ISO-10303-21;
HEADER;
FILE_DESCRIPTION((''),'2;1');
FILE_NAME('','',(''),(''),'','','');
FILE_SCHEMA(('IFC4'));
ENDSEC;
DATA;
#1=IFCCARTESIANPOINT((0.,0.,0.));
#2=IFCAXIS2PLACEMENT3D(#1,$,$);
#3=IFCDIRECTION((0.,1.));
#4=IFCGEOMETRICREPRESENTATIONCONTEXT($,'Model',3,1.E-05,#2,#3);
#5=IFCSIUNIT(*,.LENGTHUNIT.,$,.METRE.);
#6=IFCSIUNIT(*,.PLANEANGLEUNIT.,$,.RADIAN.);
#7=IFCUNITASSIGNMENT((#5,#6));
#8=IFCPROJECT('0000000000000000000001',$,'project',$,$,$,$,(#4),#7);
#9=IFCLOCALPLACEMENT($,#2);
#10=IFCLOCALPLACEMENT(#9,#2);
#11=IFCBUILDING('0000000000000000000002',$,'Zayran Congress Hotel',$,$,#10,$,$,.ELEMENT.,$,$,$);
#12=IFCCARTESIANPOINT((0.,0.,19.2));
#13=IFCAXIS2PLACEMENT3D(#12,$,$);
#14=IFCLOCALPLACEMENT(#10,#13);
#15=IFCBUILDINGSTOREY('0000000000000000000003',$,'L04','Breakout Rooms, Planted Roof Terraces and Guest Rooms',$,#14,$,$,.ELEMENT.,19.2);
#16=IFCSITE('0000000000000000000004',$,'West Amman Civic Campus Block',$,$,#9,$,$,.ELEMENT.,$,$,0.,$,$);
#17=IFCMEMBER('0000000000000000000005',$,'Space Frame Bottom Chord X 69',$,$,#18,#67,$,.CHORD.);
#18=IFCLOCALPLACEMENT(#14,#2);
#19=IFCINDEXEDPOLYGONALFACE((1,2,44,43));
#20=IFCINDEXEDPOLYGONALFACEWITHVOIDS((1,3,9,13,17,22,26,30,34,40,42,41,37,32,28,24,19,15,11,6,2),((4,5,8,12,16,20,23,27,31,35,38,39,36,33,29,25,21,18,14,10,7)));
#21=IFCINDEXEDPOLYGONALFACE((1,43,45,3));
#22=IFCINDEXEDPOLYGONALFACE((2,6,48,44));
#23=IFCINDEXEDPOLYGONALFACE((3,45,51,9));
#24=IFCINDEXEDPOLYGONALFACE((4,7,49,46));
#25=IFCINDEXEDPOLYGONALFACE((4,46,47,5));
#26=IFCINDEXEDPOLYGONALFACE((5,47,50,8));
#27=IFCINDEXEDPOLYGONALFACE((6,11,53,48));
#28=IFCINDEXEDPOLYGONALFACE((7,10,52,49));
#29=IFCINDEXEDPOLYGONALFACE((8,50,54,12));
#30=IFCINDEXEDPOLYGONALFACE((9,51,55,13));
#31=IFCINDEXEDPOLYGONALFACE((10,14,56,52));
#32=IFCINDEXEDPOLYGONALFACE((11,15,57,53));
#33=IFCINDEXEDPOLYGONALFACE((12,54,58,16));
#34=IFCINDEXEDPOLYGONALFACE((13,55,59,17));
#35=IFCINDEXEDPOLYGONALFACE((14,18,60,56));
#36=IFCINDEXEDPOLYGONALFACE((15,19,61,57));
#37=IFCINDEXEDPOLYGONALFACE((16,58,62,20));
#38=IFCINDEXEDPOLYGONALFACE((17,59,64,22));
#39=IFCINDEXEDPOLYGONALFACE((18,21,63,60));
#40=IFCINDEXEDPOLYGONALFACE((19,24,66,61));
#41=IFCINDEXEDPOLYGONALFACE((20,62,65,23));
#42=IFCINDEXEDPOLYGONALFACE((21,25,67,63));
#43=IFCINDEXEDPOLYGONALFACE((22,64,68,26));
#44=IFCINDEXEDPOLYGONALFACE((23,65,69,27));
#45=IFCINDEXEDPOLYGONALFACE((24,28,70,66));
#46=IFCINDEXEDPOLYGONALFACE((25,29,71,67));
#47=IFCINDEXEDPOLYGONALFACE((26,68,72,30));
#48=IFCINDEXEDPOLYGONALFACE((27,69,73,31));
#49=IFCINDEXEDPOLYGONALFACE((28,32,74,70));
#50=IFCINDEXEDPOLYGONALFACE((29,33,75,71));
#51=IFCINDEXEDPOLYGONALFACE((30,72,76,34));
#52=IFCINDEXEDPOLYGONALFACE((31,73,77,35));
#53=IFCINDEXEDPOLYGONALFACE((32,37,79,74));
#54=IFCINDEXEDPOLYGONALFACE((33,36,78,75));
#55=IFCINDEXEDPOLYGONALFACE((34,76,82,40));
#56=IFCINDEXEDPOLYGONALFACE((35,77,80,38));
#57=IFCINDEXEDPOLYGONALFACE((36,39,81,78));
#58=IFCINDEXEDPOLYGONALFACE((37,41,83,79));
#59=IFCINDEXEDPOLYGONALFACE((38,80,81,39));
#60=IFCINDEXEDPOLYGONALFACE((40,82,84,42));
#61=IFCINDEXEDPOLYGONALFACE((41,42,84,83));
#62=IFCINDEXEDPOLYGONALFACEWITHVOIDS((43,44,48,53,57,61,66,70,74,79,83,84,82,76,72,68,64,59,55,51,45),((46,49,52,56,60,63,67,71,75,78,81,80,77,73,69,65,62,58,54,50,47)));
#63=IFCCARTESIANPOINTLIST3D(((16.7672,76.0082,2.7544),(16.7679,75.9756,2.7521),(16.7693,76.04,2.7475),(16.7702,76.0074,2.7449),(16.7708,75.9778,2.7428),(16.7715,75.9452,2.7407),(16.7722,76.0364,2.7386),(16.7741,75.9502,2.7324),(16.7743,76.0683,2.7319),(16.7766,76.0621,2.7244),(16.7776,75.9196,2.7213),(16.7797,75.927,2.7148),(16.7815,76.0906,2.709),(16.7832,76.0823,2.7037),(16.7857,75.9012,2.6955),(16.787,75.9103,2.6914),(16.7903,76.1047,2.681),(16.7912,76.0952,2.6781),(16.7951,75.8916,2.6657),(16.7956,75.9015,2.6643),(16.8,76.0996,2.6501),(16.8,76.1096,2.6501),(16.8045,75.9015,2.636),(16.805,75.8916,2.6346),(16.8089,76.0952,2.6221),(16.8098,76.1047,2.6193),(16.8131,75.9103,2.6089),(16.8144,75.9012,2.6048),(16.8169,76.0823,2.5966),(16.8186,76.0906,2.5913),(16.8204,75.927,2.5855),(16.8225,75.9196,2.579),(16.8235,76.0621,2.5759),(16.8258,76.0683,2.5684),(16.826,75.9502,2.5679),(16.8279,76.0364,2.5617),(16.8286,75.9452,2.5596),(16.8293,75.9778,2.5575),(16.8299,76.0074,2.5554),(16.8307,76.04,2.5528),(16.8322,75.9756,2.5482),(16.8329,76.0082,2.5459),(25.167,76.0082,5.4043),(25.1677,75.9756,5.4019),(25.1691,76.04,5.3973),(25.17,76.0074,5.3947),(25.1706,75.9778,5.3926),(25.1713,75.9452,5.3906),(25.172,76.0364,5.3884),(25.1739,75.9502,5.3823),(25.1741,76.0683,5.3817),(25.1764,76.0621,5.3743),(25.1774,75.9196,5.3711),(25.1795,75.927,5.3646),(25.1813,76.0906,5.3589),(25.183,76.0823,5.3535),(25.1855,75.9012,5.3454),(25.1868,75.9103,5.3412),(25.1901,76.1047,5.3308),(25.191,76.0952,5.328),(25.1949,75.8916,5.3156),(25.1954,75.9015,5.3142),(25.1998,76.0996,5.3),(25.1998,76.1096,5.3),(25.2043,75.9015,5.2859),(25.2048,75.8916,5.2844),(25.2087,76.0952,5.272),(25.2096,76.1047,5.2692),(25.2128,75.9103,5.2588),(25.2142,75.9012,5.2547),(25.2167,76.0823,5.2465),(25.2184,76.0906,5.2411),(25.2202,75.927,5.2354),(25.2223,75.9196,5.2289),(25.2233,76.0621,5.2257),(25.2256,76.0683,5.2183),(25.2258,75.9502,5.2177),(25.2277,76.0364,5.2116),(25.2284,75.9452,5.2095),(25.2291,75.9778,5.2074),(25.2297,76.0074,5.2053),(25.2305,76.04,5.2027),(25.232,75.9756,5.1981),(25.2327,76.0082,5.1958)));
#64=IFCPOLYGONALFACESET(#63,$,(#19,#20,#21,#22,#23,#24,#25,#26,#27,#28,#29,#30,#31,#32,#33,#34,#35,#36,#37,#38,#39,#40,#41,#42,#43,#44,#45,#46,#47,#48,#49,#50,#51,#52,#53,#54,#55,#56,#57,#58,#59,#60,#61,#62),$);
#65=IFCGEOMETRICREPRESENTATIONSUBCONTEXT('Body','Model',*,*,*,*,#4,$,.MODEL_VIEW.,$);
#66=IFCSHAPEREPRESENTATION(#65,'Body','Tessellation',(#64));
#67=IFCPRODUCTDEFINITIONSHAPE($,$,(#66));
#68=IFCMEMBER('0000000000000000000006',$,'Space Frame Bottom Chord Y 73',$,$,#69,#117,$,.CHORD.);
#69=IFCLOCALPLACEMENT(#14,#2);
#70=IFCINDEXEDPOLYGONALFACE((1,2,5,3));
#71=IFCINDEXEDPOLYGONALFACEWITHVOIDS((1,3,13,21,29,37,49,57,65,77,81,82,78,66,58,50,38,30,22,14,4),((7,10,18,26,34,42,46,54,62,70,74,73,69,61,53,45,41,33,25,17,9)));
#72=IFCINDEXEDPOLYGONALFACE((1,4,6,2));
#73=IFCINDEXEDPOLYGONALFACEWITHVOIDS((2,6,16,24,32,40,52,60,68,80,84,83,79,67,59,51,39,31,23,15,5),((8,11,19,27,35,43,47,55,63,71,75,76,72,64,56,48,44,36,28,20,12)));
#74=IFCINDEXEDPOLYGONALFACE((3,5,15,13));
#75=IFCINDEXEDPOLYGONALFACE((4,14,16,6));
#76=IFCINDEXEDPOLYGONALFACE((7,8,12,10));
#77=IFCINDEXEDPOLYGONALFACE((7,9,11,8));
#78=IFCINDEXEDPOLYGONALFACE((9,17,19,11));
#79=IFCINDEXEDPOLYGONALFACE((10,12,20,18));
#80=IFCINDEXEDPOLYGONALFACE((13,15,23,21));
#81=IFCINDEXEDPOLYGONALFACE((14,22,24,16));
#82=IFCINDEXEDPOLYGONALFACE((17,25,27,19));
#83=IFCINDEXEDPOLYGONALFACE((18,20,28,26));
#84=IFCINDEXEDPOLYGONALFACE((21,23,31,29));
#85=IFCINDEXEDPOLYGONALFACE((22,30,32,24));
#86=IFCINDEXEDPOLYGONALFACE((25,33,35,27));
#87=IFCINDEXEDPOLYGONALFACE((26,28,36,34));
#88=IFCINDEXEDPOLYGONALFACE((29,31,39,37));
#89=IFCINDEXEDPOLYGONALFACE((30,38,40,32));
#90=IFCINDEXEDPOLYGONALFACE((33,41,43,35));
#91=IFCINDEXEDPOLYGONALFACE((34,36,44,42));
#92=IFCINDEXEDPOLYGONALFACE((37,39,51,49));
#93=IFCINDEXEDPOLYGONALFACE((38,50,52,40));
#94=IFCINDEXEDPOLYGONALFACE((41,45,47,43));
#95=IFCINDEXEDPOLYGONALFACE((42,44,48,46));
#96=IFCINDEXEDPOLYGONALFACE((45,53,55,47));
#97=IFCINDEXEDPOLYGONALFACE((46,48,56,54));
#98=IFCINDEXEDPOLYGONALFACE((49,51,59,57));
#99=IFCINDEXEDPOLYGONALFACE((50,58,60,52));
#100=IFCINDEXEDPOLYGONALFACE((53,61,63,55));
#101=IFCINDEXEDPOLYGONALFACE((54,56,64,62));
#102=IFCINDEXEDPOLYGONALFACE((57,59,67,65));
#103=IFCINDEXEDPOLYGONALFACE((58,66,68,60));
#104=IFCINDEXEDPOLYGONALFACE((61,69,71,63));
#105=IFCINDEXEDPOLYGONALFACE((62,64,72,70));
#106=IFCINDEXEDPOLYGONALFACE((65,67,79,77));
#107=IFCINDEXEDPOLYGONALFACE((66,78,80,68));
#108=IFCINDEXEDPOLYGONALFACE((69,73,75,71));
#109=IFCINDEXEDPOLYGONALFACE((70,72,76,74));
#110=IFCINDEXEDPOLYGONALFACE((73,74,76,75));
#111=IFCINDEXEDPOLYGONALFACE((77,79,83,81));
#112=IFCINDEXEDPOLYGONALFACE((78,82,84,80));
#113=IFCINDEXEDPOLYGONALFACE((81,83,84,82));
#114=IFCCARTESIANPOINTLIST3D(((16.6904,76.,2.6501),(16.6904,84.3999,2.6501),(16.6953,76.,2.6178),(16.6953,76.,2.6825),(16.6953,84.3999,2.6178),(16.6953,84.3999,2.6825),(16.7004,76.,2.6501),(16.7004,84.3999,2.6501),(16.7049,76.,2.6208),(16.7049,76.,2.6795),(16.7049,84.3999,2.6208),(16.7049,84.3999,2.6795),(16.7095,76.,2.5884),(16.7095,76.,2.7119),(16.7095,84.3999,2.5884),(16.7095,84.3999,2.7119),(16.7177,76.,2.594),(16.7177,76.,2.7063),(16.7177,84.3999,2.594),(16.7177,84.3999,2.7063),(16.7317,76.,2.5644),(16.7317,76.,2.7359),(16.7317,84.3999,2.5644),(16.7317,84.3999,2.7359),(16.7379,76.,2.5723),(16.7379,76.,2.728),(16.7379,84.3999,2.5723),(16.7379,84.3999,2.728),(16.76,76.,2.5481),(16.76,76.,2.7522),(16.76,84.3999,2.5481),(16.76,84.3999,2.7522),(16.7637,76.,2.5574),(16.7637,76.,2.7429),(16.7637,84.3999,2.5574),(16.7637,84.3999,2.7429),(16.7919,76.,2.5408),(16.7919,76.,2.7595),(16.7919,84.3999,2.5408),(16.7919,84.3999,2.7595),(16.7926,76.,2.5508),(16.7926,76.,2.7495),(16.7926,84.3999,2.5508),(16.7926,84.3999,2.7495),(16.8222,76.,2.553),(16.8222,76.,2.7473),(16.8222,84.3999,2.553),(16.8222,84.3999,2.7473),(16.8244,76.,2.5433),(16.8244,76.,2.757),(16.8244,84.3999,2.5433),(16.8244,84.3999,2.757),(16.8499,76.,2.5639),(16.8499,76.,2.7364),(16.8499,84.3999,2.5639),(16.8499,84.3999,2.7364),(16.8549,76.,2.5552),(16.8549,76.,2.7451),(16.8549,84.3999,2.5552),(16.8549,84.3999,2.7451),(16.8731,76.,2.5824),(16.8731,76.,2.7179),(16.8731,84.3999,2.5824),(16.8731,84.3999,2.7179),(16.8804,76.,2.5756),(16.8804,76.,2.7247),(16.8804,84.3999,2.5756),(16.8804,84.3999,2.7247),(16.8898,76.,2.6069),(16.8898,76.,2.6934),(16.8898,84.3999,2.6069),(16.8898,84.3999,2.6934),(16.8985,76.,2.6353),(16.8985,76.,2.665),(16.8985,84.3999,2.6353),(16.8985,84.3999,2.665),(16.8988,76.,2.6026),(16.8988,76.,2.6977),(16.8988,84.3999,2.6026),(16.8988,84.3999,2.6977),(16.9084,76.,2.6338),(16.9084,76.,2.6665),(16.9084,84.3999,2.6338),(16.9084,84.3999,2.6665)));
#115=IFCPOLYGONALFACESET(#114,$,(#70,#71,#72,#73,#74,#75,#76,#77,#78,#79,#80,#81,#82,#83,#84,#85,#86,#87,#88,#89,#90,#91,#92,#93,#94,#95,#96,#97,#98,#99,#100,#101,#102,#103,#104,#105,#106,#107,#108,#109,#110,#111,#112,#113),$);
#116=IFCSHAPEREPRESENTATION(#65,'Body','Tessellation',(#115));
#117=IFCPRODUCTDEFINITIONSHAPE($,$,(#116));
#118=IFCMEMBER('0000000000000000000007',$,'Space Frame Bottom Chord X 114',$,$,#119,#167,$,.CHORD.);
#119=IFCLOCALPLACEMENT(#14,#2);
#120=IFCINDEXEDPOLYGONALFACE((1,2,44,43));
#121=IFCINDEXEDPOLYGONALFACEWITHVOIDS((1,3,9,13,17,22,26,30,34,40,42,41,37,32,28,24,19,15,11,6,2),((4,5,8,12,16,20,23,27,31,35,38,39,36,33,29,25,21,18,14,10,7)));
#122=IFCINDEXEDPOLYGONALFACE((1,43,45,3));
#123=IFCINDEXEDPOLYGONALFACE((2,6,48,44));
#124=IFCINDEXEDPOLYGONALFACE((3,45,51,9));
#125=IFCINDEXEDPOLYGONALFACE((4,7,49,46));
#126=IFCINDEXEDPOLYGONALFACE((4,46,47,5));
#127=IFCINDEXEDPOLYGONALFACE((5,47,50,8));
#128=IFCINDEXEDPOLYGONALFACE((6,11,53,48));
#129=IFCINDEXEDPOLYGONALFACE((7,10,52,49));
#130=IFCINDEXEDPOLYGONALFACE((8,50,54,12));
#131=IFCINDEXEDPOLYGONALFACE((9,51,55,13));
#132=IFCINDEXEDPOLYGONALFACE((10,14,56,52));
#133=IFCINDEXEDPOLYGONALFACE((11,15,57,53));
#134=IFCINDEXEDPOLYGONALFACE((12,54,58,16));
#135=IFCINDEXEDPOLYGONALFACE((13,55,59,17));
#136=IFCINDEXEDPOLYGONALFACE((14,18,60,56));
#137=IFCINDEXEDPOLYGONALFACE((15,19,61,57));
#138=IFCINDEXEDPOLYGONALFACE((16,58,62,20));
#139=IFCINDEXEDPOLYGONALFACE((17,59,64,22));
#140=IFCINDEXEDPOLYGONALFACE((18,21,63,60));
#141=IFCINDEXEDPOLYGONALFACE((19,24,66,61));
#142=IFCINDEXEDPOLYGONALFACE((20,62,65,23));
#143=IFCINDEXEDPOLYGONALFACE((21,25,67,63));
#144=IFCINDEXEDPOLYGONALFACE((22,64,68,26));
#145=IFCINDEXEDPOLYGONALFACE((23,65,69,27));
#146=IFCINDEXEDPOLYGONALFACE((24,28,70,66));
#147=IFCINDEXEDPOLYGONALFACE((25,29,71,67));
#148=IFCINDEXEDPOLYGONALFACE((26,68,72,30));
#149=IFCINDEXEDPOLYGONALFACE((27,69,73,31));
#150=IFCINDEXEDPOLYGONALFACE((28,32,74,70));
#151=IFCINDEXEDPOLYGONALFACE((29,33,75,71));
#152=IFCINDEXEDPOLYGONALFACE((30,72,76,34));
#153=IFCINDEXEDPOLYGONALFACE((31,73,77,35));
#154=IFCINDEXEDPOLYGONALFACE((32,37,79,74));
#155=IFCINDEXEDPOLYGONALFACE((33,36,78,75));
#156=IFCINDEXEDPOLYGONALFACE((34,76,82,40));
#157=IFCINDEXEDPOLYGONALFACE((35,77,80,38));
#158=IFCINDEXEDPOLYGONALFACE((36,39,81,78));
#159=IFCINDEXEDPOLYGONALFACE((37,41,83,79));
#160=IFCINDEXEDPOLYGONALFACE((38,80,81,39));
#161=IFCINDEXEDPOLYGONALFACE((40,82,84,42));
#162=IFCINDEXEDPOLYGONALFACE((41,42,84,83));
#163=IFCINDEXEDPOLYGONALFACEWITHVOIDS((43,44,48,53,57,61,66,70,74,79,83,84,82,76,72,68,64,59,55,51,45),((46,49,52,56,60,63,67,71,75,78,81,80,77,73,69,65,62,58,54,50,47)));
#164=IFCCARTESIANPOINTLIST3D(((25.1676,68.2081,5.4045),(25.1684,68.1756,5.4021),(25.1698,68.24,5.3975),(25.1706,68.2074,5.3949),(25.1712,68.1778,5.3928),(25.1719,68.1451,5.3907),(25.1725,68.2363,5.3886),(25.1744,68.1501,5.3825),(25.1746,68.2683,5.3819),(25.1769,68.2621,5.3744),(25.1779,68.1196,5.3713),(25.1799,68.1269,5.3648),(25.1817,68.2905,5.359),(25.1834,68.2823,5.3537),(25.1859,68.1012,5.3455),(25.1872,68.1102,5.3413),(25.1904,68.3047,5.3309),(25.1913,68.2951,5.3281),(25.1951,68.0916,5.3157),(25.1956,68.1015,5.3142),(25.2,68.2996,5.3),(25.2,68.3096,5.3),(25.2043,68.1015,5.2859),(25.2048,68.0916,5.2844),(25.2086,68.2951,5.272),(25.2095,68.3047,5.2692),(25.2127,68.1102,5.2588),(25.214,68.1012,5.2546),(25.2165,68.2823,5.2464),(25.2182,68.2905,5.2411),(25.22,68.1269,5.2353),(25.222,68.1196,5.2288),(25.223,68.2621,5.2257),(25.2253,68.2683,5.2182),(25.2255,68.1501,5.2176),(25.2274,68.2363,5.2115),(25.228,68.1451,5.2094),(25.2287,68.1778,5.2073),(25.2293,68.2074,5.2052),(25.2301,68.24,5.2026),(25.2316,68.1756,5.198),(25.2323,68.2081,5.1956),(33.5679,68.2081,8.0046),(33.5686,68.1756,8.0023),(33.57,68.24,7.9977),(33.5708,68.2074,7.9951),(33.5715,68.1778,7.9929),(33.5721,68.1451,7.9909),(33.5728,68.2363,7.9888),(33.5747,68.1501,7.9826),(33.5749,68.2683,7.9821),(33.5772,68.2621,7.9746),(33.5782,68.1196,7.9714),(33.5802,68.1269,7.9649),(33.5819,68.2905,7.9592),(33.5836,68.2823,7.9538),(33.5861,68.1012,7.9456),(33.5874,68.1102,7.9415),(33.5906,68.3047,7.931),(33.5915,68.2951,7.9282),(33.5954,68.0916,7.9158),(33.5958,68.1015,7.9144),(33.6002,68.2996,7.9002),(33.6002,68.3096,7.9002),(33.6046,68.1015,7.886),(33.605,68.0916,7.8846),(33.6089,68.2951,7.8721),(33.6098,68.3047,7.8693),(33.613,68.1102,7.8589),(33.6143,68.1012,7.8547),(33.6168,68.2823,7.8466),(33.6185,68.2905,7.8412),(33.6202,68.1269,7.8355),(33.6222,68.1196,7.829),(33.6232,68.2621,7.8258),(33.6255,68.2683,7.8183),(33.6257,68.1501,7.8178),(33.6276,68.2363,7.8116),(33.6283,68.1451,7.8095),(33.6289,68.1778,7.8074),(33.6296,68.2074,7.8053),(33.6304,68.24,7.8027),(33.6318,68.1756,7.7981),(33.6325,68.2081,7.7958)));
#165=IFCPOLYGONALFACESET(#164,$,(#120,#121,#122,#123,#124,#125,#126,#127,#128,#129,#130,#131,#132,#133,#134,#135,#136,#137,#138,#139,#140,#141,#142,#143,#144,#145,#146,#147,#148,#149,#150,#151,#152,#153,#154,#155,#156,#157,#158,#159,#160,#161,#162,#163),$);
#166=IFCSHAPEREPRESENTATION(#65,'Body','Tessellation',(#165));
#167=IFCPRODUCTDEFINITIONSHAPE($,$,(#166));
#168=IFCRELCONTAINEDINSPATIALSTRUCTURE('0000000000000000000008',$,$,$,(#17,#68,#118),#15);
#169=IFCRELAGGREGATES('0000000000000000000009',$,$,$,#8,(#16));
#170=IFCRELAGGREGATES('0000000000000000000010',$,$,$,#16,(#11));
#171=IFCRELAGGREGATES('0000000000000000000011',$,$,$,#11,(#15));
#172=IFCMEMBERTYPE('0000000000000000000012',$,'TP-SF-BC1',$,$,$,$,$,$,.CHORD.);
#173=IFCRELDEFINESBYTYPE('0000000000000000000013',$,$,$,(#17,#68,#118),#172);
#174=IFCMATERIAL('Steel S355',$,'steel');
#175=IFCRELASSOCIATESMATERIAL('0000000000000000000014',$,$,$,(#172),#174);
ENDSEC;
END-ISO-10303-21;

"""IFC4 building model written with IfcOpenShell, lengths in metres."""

from ifc_helpers import new_model, si_unit, direction, frame, origin, origin_2d, place, context, subcontext, project, spatial, hollow_circle, extrude, material, material_profile, profile_set, type_object, element, save


model = new_model("IFC4")

# Units and contexts
model_context = context("Model", 3, precision=1e-05, world=origin(), true_north=direction((0.0, 1.0)))
body_context = subcontext(model_context, "Body", "Model", "MODEL_VIEW")
ifc_project = project(units=[si_unit("LENGTHUNIT", "METRE"), si_unit("PLANEANGLEUNIT", "RADIAN")], contexts=[model_context])

# Site, building, storey
site_placement = place(None, origin())
site = spatial("IfcSite", under=ifc_project, at=site_placement, Name="West Amman Civic Campus Block", CompositionType="ELEMENT", RefElevation=0.0)
building_placement = place(site_placement, origin())
building = spatial("IfcBuilding", under=site, at=building_placement, Name="Zayran Congress Hotel", CompositionType="ELEMENT")
storey_placement = place(building_placement, frame((0.0, 0.0, 19.2)))
storey = spatial("IfcBuildingStorey", under=building, at=storey_placement, Name="L04", Description="Breakout Rooms, Planted Roof Terraces and Guest Rooms", CompositionType="ELEMENT", Elevation=19.2)

# Shared definitions
ifc_material = material(Name="Steel S355", Category="steel")

# Members
ifc_material_profile_1 = material_profile(ifc_material, hollow_circle(Radius=0.1096, WallThickness=0.01, at=origin_2d()), Name="CHS 219.1x10")
ifc_profile_set_1 = profile_set([ifc_material_profile_1], Name="Steel S355")
member_type_1 = type_object("IfcMemberType", Name="TP-SF-BC1", PredefinedType="CHORD", material=ifc_profile_set_1)
member_1_placement = place(storey_placement, frame((16.8, 76.0, 2.6501), z_axis=(0.953671, 0.0, 0.300853), x_axis=(0.0, 1.0, 0.0)))
element("IfcMember", 1, at=member_1_placement, inside=storey, type_object=member_type_1, Name="Space Frame Bottom Chord X 69", PredefinedType="CHORD", context=body_context, shape_type="SweptSolid", body=[
    extrude(hollow_circle(Radius=0.1096, WallThickness=0.01, at=origin_2d()), origin(), (0.0, 0.0, 1.0), 8.8079),
])
member_2_placement = place(storey_placement, frame((16.8, 76.0, 2.6501), z_axis=(0.0, 1.0, 0.0), x_axis=(-1.0, 0.0, 0.0)))
element("IfcMember", 2, at=member_2_placement, inside=storey, type_object=member_type_1, Name="Space Frame Bottom Chord Y 73", PredefinedType="CHORD", context=body_context, shape_type="SweptSolid", body=[
    extrude(hollow_circle(Radius=0.1096, WallThickness=0.01, at=origin_2d()), origin(), (0.0, 0.0, 1.0), 8.3999),
])
member_3_placement = place(storey_placement, frame((25.2, 68.2, 5.3), z_axis=(0.955284, 0.0, 0.295689), x_axis=(0.0, 1.0, 0.0)))
element("IfcMember", 3, at=member_3_placement, inside=storey, type_object=member_type_1, Name="Space Frame Bottom Chord X 114", PredefinedType="CHORD", context=body_context, shape_type="SweptSolid", body=[
    extrude(hollow_circle(Radius=0.1096, WallThickness=0.01, at=origin_2d()), origin(), (0.0, 0.0, 1.0), 8.7935),
])

save(model, "model.ifc")
